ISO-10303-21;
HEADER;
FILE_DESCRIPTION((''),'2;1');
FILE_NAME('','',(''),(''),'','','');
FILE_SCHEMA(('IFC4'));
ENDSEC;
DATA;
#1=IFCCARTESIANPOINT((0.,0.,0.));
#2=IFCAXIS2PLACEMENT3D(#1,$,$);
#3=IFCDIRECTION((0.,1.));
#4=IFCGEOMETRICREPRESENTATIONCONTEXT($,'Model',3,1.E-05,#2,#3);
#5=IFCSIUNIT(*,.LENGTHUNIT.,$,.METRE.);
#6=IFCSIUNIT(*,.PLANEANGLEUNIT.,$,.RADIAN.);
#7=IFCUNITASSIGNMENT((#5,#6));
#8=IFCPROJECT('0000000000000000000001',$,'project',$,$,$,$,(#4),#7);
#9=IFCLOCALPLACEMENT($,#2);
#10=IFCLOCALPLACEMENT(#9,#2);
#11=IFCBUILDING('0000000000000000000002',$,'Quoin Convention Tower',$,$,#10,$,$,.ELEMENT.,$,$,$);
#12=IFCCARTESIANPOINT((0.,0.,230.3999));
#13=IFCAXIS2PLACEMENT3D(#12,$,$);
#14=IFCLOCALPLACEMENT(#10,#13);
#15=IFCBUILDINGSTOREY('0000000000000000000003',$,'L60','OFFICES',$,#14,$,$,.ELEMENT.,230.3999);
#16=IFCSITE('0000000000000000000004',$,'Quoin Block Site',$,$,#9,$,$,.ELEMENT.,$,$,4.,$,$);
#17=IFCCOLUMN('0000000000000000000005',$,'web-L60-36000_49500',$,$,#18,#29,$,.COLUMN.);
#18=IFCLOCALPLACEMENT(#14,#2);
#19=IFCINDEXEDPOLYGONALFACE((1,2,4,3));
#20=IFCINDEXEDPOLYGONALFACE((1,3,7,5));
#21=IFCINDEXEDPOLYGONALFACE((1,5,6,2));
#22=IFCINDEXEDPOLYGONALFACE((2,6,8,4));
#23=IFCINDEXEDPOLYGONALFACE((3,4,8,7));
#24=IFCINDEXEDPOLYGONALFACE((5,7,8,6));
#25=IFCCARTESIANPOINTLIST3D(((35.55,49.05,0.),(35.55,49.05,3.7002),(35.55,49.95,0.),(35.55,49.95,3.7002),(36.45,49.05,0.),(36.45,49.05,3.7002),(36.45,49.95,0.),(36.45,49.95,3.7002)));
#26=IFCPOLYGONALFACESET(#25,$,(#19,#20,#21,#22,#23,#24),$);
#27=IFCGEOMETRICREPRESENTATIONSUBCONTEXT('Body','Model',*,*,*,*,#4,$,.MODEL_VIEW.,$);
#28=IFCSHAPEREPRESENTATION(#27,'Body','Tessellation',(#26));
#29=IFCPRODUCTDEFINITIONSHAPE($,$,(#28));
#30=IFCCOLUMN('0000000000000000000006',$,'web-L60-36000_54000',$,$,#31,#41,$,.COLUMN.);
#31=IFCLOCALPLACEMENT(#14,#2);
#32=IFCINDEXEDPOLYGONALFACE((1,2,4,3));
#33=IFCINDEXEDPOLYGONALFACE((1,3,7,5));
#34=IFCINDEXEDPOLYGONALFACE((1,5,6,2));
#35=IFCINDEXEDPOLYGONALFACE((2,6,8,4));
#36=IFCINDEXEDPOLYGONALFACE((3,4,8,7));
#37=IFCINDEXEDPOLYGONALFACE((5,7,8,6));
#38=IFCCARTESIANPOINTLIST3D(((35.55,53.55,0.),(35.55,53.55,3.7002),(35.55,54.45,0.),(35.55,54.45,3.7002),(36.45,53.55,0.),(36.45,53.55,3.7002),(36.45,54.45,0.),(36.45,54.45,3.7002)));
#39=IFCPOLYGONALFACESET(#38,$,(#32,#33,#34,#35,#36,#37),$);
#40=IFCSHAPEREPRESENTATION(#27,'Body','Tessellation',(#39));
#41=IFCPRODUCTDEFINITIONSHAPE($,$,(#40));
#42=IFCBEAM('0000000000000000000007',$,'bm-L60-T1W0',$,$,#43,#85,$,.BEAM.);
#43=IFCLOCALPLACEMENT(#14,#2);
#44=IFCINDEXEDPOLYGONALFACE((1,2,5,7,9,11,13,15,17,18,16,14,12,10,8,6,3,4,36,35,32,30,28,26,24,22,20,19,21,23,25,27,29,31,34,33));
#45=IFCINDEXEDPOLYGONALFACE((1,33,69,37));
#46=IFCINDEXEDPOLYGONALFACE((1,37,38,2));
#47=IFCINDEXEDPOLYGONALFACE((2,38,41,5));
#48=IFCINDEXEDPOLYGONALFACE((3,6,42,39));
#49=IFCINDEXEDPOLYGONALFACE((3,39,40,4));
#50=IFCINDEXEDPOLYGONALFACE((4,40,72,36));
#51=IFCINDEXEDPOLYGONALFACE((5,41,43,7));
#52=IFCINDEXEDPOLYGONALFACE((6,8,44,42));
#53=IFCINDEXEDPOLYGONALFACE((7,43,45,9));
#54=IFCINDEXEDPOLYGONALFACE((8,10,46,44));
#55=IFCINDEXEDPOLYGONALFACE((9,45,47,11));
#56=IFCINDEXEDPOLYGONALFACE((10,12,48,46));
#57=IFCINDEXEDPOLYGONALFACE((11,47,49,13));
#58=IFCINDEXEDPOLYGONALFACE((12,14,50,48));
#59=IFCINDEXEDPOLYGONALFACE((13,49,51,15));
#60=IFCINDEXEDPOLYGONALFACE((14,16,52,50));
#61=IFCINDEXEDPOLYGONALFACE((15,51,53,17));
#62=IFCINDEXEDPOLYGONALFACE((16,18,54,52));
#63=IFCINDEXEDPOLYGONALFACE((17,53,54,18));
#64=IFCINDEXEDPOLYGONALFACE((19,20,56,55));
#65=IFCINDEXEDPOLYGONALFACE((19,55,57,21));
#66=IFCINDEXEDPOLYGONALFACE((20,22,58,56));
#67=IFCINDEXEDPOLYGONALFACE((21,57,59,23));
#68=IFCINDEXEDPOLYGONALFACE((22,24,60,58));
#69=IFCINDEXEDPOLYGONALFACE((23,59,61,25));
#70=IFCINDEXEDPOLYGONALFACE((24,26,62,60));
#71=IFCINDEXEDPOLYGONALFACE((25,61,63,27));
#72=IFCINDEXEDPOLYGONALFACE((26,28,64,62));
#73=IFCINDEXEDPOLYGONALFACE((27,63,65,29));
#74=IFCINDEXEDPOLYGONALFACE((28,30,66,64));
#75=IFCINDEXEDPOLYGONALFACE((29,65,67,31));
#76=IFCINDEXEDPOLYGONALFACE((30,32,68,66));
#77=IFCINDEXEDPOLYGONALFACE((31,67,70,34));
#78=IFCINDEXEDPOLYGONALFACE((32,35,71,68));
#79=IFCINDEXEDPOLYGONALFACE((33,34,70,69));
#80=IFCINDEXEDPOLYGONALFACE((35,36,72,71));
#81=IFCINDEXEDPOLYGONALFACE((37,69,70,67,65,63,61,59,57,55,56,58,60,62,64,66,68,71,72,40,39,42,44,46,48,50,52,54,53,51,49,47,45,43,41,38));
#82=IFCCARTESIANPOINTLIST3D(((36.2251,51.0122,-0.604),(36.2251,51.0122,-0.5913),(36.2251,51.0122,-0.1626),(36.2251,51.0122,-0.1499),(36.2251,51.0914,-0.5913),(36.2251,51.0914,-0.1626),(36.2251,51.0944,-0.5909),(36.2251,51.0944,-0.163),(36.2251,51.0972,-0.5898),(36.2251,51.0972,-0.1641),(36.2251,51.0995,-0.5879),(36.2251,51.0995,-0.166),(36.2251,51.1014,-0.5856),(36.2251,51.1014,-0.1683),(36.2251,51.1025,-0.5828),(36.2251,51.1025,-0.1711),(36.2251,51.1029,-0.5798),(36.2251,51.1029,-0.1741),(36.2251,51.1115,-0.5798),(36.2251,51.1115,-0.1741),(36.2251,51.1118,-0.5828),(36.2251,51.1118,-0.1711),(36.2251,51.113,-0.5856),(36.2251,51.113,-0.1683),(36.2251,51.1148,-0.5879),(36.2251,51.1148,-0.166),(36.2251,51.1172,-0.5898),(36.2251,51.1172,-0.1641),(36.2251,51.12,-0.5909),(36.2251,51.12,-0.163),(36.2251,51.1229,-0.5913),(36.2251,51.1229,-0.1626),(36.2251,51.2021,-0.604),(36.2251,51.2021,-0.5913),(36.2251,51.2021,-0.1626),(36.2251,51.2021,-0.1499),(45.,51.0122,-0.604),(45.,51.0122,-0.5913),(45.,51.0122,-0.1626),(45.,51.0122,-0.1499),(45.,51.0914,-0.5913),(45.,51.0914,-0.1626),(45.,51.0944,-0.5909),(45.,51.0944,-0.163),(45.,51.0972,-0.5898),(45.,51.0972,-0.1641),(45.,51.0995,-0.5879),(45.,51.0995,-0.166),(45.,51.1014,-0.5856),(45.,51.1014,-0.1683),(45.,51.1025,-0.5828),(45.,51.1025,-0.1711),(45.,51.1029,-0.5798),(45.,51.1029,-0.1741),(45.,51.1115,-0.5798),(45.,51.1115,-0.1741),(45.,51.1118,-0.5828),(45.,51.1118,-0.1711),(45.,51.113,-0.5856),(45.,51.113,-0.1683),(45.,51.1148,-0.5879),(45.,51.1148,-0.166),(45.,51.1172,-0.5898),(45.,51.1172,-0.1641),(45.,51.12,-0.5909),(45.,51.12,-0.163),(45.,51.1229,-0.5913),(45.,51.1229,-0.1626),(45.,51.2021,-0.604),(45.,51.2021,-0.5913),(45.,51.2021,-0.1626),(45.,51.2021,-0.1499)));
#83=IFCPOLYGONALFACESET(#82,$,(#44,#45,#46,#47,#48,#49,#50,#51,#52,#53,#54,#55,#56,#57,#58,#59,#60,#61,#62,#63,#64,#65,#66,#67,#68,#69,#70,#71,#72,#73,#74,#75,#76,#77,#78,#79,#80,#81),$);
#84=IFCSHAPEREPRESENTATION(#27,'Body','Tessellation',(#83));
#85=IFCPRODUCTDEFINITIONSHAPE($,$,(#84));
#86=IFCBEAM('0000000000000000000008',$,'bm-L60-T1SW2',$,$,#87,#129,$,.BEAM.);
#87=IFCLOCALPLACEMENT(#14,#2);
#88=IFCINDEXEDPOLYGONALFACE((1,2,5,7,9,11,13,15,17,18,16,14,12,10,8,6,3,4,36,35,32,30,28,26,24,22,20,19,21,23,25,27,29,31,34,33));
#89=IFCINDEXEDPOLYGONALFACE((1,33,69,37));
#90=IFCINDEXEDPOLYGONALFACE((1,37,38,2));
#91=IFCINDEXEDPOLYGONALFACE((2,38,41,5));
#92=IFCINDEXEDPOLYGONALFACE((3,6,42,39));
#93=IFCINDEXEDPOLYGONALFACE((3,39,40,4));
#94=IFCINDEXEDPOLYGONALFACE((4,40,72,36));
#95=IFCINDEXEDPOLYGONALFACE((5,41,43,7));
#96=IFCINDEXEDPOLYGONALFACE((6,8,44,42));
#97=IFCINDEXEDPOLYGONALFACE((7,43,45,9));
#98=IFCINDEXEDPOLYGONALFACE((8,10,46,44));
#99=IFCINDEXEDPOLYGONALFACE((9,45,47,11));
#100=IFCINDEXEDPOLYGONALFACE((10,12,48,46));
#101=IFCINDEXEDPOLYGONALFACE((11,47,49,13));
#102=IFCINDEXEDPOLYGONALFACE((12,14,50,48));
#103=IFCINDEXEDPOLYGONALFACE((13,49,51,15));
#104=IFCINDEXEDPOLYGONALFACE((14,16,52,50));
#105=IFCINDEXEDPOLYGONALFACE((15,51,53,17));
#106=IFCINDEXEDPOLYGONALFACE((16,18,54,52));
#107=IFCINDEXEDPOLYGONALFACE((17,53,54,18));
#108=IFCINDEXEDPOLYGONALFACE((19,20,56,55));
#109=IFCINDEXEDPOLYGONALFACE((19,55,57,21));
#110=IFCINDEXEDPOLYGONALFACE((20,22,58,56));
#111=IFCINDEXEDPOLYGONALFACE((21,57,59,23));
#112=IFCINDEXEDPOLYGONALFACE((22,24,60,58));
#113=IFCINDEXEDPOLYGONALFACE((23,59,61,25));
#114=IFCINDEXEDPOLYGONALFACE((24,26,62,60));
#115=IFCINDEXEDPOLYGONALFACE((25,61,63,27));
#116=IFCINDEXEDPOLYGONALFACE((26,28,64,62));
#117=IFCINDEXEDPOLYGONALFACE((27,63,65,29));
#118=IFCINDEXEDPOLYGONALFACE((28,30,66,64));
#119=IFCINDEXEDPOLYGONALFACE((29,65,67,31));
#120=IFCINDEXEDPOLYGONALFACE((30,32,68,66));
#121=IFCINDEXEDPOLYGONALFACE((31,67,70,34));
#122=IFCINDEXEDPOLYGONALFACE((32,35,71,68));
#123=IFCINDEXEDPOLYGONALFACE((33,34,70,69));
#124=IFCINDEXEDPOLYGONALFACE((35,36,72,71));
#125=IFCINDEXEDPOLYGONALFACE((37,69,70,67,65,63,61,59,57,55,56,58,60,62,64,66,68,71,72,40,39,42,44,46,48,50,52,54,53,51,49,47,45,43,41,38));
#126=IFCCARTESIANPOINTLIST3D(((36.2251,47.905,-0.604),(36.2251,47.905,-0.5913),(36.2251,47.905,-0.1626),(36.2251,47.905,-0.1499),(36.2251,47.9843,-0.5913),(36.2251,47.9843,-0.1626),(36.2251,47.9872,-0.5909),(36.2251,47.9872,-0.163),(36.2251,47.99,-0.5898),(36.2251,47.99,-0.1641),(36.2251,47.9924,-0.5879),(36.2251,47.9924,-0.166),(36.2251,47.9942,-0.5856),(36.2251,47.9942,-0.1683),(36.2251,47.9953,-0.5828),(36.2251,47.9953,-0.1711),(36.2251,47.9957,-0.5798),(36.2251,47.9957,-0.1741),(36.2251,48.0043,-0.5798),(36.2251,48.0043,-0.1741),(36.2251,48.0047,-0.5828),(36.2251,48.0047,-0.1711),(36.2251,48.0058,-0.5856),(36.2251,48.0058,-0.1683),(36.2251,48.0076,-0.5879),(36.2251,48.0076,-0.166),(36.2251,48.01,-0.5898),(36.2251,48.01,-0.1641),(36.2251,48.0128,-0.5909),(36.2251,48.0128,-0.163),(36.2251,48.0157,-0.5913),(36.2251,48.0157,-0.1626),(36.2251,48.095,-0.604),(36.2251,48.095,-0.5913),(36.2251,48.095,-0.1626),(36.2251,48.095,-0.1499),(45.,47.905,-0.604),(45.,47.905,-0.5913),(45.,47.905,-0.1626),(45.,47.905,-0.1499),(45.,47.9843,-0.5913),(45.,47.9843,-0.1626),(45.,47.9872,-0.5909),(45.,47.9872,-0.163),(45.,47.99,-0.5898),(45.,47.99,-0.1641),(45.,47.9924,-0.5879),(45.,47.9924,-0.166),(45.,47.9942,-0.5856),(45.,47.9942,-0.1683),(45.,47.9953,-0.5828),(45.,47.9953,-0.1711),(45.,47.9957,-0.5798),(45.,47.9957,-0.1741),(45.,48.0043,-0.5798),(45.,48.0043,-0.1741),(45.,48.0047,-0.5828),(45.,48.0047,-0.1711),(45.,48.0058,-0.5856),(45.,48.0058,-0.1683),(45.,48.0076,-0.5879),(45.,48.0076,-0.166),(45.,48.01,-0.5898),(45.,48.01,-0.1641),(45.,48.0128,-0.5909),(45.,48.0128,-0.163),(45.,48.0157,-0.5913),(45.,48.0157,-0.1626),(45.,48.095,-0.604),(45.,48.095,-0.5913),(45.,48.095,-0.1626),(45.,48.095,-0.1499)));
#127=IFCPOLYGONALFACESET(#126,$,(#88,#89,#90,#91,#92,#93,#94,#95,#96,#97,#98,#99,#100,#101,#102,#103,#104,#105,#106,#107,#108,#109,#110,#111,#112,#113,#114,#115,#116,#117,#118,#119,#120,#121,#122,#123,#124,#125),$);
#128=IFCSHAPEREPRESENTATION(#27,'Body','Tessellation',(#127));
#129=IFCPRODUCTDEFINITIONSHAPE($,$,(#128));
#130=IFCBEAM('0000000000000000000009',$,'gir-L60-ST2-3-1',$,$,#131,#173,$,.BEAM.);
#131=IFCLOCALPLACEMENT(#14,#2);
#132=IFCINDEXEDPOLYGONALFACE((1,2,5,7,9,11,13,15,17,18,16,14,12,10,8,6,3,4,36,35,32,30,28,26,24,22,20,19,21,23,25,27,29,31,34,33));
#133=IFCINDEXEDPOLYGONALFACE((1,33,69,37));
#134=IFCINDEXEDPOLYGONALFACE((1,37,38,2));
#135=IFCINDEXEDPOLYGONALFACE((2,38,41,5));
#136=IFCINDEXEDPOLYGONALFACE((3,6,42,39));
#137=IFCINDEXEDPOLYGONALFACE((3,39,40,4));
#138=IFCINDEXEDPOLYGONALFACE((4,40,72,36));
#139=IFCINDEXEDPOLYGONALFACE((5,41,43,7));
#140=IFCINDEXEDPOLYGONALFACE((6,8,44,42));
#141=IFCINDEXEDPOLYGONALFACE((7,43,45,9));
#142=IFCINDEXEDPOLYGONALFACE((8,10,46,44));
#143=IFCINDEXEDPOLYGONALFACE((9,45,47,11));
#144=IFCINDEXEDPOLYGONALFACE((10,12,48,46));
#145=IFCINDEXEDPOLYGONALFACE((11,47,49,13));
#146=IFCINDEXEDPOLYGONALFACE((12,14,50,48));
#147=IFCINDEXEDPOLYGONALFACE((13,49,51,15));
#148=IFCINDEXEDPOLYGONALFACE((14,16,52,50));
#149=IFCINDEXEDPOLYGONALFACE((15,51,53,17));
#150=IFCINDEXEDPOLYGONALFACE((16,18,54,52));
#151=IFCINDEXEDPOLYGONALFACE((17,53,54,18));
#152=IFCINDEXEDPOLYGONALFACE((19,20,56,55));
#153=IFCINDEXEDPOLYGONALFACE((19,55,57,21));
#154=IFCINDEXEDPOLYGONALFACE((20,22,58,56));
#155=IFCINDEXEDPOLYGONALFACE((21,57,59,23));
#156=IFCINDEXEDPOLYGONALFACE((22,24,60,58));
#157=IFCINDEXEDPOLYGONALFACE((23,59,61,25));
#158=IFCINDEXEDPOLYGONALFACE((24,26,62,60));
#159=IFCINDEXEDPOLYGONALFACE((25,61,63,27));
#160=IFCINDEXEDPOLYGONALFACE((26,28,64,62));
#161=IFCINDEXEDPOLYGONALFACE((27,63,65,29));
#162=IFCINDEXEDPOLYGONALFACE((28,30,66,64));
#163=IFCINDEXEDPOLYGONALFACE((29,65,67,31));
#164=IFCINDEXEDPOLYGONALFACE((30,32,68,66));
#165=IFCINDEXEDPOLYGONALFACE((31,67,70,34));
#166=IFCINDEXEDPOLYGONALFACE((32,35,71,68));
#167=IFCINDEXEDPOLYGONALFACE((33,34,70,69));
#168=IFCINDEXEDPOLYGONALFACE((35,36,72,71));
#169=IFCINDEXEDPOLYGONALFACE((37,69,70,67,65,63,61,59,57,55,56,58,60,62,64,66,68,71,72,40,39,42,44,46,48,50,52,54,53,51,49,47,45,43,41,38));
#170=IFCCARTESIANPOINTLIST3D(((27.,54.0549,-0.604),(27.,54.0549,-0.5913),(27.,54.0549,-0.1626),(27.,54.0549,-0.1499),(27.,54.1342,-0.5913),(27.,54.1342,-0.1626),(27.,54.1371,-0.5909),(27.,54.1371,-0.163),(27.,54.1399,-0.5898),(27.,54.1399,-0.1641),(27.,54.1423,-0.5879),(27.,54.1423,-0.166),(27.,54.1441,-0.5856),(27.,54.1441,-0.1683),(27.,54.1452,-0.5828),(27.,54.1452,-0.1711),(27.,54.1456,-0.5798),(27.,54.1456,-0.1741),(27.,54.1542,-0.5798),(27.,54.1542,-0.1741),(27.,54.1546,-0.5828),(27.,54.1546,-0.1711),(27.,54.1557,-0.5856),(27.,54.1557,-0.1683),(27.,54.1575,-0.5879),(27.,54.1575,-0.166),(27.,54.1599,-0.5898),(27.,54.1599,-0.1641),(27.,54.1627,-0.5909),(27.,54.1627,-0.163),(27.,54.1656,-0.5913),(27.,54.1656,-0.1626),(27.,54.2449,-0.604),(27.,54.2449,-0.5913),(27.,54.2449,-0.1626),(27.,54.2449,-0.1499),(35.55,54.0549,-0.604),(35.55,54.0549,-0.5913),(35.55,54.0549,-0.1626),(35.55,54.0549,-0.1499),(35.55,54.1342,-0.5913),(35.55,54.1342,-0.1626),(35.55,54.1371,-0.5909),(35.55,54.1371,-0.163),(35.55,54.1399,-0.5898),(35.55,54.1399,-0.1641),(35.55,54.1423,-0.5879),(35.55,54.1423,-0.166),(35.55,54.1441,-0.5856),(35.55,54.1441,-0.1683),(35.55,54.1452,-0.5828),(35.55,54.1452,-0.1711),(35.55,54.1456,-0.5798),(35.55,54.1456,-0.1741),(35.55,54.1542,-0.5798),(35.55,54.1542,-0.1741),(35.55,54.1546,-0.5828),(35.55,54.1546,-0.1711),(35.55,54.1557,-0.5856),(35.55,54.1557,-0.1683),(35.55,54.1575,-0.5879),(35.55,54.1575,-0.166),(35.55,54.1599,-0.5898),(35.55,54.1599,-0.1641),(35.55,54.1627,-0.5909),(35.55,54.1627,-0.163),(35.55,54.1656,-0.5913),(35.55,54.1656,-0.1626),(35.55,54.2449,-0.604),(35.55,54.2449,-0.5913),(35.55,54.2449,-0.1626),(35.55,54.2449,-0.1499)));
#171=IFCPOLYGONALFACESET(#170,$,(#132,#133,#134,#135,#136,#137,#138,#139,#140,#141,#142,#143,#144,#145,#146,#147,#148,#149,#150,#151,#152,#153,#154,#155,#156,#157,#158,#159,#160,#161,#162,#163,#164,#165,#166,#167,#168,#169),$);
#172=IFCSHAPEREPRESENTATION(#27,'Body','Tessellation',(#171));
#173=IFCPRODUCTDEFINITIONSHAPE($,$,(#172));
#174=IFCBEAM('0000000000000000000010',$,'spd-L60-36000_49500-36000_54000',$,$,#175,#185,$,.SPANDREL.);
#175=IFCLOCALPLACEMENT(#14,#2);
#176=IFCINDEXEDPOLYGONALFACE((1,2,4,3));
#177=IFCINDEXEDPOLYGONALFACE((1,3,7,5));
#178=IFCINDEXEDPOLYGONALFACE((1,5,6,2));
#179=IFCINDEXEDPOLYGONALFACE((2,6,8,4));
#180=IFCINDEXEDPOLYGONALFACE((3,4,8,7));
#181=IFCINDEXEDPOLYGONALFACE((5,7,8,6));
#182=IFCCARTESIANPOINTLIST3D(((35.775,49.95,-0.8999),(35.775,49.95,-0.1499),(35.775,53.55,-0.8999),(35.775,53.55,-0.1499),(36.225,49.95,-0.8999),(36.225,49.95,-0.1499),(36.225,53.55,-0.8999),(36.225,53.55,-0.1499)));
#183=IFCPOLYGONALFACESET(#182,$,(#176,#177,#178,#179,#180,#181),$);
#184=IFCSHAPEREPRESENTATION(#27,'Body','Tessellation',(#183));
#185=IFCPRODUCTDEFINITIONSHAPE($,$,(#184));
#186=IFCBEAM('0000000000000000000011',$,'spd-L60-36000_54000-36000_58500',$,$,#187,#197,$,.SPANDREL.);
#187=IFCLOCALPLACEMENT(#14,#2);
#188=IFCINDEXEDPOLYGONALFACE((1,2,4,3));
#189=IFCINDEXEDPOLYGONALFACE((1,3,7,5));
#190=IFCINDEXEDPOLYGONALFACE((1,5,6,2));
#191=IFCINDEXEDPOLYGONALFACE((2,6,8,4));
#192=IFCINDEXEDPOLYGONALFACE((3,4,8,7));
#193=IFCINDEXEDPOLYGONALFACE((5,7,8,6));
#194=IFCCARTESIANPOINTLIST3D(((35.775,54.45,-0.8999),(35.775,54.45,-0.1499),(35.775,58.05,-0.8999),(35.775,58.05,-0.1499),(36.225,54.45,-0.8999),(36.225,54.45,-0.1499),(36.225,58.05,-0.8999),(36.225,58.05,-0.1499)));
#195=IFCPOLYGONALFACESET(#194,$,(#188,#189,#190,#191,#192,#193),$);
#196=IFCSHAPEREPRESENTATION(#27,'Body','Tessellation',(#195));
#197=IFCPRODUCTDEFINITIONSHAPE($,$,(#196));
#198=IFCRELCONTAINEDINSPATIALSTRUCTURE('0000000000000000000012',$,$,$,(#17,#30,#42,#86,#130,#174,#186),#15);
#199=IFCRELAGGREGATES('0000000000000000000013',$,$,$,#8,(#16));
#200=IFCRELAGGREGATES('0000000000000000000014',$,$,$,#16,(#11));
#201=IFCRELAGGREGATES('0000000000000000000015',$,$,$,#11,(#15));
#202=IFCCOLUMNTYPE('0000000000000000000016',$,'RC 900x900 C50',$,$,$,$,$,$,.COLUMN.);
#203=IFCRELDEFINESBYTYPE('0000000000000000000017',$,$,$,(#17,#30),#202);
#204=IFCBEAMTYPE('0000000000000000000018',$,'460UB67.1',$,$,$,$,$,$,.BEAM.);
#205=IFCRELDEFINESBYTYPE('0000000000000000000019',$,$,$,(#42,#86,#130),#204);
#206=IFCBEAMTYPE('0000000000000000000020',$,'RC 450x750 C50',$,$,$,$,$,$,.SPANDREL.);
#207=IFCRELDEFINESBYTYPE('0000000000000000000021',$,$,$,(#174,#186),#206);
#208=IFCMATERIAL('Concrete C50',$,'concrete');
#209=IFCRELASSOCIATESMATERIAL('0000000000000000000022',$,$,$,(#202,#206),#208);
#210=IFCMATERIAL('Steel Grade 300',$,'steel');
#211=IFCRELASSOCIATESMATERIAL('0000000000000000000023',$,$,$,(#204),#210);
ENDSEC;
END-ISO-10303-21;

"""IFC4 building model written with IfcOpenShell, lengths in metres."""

from ifc_helpers import new_model, si_unit, direction, frame, origin, origin_2d, place, context, subcontext, project, spatial, rectangle, i_section, extrude, material, material_profile, profile_set, type_object, element, save


model = new_model("IFC4")

# Units and contexts
model_context = context("Model", 3, precision=1e-05, world=origin(), true_north=direction((0.0, 1.0)))
body_context = subcontext(model_context, "Body", "Model", "MODEL_VIEW")
ifc_project = project(units=[si_unit("LENGTHUNIT", "METRE"), si_unit("PLANEANGLEUNIT", "RADIAN")], contexts=[model_context])

# Site, building, storey
site_placement = place(None, origin())
site = spatial("IfcSite", under=ifc_project, at=site_placement, Name="Quoin Block Site", CompositionType="ELEMENT", RefElevation=4.0)
building_placement = place(site_placement, origin())
building = spatial("IfcBuilding", under=site, at=building_placement, Name="Quoin Convention Tower", CompositionType="ELEMENT")
storey_placement = place(building_placement, frame((0.0, 0.0, 230.3999)))
storey = spatial("IfcBuildingStorey", under=building, at=storey_placement, Name="L60", Description="OFFICES", CompositionType="ELEMENT", Elevation=230.3999)

# Columns
ifc_material_1 = material(Name="Concrete C50", Category="concrete")
ifc_material_profile_1 = material_profile(ifc_material_1, rectangle(XDim=0.8999, YDim=0.8999, at=origin_2d()), Name="RC 900x900")
ifc_profile_set_1 = profile_set([ifc_material_profile_1], Name="Concrete C50")
column_type = type_object("IfcColumnType", Name="RC 900x900 C50", PredefinedType="COLUMN", material=ifc_profile_set_1)
for number, where, z_axis, x_axis, name in (
    (1, (36.0, 49.5, 0.0), (0.0, 0.0, 1.0), (1.0, 0.0, 0.0), "web-L60-36000_49500"),
    (2, (36.0, 54.0, 0.0), (0.0, 0.0, 1.0), (1.0, 0.0, 0.0), "web-L60-36000_54000"),
):
    element("IfcColumn", number, at=place(storey_placement, frame(where, z_axis=z_axis, x_axis=x_axis)), inside=storey, type_object=column_type, Name=name, PredefinedType="COLUMN", context=body_context, shape_type="SweptSolid", body=[
        extrude(rectangle(XDim=0.8999, YDim=0.8999, at=origin_2d()), origin(), (0.0, 0.0, 1.0), 3.7002),
    ])

# Beams
ifc_material_2 = material(Name="Steel Grade 300", Category="steel")
ifc_material_profile_2 = material_profile(ifc_material_2, i_section(OverallWidth=0.1899, OverallDepth=0.4541, WebThickness=0.0085, FlangeThickness=0.0127, FilletRadius=0.0115, at=origin_2d()), Name="460UB67.1")
ifc_profile_set_2 = profile_set([ifc_material_profile_2], Name="Steel Grade 300")
beam_type_1 = type_object("IfcBeamType", Name="460UB67.1", PredefinedType="BEAM", material=ifc_profile_set_2)
for number, where, z_axis, x_axis, name in (
    (3, (36.2251, 51.1072, -0.377), (1.0, 0.0, 0.0), (0.0, 1.0, 0.0), "bm-L60-T1W0"),
    (4, (36.2251, 48.0, -0.377), (1.0, 0.0, 0.0), (0.0, 1.0, 0.0), "bm-L60-T1SW2"),
):
    element("IfcBeam", number, at=place(storey_placement, frame(where, z_axis=z_axis, x_axis=x_axis)), inside=storey, type_object=beam_type_1, Name=name, PredefinedType="BEAM", context=body_context, shape_type="SweptSolid", body=[
        extrude(i_section(OverallWidth=0.1899, OverallDepth=0.4541, WebThickness=0.0085, FlangeThickness=0.0127, FilletRadius=0.0115, at=origin_2d()), origin(), (0.0, 0.0, 1.0), 8.7749),
    ])
beam_placement = place(storey_placement, frame((27.0, 54.1499, -0.377), z_axis=(1.0, 0.0, 0.0), x_axis=(0.0, 1.0, 0.0)))
element("IfcBeam", 5, at=beam_placement, inside=storey, type_object=beam_type_1, Name="gir-L60-ST2-3-1", PredefinedType="BEAM", context=body_context, shape_type="SweptSolid", body=[
    extrude(i_section(OverallWidth=0.1899, OverallDepth=0.4541, WebThickness=0.0085, FlangeThickness=0.0127, FilletRadius=0.0115, at=origin_2d()), origin(), (0.0, 0.0, 1.0), 8.55),
])
ifc_material_profile_3 = material_profile(ifc_material_1, rectangle(XDim=0.45, YDim=0.75, at=origin_2d()), Name="RC 450x750")
ifc_profile_set_3 = profile_set([ifc_material_profile_3], Name="Concrete C50")
beam_type_2 = type_object("IfcBeamType", Name="RC 450x750 C50", PredefinedType="SPANDREL", material=ifc_profile_set_3)
for number, where, z_axis, x_axis, name in (
    (6, (36.0, 49.95, -0.5249), (0.0, 1.0, 0.0), (-1.0, 0.0, 0.0), "spd-L60-36000_49500-36000_54000"),
    (7, (36.0, 54.45, -0.5249), (0.0, 1.0, 0.0), (-1.0, 0.0, 0.0), "spd-L60-36000_54000-36000_58500"),
):
    element("IfcBeam", number, at=place(storey_placement, frame(where, z_axis=z_axis, x_axis=x_axis)), inside=storey, type_object=beam_type_2, Name=name, PredefinedType="SPANDREL", context=body_context, shape_type="SweptSolid", body=[
        extrude(rectangle(XDim=0.45, YDim=0.75, at=origin_2d()), origin(), (0.0, 0.0, 1.0), 3.6001),
    ])

save(model, "model.ifc")
